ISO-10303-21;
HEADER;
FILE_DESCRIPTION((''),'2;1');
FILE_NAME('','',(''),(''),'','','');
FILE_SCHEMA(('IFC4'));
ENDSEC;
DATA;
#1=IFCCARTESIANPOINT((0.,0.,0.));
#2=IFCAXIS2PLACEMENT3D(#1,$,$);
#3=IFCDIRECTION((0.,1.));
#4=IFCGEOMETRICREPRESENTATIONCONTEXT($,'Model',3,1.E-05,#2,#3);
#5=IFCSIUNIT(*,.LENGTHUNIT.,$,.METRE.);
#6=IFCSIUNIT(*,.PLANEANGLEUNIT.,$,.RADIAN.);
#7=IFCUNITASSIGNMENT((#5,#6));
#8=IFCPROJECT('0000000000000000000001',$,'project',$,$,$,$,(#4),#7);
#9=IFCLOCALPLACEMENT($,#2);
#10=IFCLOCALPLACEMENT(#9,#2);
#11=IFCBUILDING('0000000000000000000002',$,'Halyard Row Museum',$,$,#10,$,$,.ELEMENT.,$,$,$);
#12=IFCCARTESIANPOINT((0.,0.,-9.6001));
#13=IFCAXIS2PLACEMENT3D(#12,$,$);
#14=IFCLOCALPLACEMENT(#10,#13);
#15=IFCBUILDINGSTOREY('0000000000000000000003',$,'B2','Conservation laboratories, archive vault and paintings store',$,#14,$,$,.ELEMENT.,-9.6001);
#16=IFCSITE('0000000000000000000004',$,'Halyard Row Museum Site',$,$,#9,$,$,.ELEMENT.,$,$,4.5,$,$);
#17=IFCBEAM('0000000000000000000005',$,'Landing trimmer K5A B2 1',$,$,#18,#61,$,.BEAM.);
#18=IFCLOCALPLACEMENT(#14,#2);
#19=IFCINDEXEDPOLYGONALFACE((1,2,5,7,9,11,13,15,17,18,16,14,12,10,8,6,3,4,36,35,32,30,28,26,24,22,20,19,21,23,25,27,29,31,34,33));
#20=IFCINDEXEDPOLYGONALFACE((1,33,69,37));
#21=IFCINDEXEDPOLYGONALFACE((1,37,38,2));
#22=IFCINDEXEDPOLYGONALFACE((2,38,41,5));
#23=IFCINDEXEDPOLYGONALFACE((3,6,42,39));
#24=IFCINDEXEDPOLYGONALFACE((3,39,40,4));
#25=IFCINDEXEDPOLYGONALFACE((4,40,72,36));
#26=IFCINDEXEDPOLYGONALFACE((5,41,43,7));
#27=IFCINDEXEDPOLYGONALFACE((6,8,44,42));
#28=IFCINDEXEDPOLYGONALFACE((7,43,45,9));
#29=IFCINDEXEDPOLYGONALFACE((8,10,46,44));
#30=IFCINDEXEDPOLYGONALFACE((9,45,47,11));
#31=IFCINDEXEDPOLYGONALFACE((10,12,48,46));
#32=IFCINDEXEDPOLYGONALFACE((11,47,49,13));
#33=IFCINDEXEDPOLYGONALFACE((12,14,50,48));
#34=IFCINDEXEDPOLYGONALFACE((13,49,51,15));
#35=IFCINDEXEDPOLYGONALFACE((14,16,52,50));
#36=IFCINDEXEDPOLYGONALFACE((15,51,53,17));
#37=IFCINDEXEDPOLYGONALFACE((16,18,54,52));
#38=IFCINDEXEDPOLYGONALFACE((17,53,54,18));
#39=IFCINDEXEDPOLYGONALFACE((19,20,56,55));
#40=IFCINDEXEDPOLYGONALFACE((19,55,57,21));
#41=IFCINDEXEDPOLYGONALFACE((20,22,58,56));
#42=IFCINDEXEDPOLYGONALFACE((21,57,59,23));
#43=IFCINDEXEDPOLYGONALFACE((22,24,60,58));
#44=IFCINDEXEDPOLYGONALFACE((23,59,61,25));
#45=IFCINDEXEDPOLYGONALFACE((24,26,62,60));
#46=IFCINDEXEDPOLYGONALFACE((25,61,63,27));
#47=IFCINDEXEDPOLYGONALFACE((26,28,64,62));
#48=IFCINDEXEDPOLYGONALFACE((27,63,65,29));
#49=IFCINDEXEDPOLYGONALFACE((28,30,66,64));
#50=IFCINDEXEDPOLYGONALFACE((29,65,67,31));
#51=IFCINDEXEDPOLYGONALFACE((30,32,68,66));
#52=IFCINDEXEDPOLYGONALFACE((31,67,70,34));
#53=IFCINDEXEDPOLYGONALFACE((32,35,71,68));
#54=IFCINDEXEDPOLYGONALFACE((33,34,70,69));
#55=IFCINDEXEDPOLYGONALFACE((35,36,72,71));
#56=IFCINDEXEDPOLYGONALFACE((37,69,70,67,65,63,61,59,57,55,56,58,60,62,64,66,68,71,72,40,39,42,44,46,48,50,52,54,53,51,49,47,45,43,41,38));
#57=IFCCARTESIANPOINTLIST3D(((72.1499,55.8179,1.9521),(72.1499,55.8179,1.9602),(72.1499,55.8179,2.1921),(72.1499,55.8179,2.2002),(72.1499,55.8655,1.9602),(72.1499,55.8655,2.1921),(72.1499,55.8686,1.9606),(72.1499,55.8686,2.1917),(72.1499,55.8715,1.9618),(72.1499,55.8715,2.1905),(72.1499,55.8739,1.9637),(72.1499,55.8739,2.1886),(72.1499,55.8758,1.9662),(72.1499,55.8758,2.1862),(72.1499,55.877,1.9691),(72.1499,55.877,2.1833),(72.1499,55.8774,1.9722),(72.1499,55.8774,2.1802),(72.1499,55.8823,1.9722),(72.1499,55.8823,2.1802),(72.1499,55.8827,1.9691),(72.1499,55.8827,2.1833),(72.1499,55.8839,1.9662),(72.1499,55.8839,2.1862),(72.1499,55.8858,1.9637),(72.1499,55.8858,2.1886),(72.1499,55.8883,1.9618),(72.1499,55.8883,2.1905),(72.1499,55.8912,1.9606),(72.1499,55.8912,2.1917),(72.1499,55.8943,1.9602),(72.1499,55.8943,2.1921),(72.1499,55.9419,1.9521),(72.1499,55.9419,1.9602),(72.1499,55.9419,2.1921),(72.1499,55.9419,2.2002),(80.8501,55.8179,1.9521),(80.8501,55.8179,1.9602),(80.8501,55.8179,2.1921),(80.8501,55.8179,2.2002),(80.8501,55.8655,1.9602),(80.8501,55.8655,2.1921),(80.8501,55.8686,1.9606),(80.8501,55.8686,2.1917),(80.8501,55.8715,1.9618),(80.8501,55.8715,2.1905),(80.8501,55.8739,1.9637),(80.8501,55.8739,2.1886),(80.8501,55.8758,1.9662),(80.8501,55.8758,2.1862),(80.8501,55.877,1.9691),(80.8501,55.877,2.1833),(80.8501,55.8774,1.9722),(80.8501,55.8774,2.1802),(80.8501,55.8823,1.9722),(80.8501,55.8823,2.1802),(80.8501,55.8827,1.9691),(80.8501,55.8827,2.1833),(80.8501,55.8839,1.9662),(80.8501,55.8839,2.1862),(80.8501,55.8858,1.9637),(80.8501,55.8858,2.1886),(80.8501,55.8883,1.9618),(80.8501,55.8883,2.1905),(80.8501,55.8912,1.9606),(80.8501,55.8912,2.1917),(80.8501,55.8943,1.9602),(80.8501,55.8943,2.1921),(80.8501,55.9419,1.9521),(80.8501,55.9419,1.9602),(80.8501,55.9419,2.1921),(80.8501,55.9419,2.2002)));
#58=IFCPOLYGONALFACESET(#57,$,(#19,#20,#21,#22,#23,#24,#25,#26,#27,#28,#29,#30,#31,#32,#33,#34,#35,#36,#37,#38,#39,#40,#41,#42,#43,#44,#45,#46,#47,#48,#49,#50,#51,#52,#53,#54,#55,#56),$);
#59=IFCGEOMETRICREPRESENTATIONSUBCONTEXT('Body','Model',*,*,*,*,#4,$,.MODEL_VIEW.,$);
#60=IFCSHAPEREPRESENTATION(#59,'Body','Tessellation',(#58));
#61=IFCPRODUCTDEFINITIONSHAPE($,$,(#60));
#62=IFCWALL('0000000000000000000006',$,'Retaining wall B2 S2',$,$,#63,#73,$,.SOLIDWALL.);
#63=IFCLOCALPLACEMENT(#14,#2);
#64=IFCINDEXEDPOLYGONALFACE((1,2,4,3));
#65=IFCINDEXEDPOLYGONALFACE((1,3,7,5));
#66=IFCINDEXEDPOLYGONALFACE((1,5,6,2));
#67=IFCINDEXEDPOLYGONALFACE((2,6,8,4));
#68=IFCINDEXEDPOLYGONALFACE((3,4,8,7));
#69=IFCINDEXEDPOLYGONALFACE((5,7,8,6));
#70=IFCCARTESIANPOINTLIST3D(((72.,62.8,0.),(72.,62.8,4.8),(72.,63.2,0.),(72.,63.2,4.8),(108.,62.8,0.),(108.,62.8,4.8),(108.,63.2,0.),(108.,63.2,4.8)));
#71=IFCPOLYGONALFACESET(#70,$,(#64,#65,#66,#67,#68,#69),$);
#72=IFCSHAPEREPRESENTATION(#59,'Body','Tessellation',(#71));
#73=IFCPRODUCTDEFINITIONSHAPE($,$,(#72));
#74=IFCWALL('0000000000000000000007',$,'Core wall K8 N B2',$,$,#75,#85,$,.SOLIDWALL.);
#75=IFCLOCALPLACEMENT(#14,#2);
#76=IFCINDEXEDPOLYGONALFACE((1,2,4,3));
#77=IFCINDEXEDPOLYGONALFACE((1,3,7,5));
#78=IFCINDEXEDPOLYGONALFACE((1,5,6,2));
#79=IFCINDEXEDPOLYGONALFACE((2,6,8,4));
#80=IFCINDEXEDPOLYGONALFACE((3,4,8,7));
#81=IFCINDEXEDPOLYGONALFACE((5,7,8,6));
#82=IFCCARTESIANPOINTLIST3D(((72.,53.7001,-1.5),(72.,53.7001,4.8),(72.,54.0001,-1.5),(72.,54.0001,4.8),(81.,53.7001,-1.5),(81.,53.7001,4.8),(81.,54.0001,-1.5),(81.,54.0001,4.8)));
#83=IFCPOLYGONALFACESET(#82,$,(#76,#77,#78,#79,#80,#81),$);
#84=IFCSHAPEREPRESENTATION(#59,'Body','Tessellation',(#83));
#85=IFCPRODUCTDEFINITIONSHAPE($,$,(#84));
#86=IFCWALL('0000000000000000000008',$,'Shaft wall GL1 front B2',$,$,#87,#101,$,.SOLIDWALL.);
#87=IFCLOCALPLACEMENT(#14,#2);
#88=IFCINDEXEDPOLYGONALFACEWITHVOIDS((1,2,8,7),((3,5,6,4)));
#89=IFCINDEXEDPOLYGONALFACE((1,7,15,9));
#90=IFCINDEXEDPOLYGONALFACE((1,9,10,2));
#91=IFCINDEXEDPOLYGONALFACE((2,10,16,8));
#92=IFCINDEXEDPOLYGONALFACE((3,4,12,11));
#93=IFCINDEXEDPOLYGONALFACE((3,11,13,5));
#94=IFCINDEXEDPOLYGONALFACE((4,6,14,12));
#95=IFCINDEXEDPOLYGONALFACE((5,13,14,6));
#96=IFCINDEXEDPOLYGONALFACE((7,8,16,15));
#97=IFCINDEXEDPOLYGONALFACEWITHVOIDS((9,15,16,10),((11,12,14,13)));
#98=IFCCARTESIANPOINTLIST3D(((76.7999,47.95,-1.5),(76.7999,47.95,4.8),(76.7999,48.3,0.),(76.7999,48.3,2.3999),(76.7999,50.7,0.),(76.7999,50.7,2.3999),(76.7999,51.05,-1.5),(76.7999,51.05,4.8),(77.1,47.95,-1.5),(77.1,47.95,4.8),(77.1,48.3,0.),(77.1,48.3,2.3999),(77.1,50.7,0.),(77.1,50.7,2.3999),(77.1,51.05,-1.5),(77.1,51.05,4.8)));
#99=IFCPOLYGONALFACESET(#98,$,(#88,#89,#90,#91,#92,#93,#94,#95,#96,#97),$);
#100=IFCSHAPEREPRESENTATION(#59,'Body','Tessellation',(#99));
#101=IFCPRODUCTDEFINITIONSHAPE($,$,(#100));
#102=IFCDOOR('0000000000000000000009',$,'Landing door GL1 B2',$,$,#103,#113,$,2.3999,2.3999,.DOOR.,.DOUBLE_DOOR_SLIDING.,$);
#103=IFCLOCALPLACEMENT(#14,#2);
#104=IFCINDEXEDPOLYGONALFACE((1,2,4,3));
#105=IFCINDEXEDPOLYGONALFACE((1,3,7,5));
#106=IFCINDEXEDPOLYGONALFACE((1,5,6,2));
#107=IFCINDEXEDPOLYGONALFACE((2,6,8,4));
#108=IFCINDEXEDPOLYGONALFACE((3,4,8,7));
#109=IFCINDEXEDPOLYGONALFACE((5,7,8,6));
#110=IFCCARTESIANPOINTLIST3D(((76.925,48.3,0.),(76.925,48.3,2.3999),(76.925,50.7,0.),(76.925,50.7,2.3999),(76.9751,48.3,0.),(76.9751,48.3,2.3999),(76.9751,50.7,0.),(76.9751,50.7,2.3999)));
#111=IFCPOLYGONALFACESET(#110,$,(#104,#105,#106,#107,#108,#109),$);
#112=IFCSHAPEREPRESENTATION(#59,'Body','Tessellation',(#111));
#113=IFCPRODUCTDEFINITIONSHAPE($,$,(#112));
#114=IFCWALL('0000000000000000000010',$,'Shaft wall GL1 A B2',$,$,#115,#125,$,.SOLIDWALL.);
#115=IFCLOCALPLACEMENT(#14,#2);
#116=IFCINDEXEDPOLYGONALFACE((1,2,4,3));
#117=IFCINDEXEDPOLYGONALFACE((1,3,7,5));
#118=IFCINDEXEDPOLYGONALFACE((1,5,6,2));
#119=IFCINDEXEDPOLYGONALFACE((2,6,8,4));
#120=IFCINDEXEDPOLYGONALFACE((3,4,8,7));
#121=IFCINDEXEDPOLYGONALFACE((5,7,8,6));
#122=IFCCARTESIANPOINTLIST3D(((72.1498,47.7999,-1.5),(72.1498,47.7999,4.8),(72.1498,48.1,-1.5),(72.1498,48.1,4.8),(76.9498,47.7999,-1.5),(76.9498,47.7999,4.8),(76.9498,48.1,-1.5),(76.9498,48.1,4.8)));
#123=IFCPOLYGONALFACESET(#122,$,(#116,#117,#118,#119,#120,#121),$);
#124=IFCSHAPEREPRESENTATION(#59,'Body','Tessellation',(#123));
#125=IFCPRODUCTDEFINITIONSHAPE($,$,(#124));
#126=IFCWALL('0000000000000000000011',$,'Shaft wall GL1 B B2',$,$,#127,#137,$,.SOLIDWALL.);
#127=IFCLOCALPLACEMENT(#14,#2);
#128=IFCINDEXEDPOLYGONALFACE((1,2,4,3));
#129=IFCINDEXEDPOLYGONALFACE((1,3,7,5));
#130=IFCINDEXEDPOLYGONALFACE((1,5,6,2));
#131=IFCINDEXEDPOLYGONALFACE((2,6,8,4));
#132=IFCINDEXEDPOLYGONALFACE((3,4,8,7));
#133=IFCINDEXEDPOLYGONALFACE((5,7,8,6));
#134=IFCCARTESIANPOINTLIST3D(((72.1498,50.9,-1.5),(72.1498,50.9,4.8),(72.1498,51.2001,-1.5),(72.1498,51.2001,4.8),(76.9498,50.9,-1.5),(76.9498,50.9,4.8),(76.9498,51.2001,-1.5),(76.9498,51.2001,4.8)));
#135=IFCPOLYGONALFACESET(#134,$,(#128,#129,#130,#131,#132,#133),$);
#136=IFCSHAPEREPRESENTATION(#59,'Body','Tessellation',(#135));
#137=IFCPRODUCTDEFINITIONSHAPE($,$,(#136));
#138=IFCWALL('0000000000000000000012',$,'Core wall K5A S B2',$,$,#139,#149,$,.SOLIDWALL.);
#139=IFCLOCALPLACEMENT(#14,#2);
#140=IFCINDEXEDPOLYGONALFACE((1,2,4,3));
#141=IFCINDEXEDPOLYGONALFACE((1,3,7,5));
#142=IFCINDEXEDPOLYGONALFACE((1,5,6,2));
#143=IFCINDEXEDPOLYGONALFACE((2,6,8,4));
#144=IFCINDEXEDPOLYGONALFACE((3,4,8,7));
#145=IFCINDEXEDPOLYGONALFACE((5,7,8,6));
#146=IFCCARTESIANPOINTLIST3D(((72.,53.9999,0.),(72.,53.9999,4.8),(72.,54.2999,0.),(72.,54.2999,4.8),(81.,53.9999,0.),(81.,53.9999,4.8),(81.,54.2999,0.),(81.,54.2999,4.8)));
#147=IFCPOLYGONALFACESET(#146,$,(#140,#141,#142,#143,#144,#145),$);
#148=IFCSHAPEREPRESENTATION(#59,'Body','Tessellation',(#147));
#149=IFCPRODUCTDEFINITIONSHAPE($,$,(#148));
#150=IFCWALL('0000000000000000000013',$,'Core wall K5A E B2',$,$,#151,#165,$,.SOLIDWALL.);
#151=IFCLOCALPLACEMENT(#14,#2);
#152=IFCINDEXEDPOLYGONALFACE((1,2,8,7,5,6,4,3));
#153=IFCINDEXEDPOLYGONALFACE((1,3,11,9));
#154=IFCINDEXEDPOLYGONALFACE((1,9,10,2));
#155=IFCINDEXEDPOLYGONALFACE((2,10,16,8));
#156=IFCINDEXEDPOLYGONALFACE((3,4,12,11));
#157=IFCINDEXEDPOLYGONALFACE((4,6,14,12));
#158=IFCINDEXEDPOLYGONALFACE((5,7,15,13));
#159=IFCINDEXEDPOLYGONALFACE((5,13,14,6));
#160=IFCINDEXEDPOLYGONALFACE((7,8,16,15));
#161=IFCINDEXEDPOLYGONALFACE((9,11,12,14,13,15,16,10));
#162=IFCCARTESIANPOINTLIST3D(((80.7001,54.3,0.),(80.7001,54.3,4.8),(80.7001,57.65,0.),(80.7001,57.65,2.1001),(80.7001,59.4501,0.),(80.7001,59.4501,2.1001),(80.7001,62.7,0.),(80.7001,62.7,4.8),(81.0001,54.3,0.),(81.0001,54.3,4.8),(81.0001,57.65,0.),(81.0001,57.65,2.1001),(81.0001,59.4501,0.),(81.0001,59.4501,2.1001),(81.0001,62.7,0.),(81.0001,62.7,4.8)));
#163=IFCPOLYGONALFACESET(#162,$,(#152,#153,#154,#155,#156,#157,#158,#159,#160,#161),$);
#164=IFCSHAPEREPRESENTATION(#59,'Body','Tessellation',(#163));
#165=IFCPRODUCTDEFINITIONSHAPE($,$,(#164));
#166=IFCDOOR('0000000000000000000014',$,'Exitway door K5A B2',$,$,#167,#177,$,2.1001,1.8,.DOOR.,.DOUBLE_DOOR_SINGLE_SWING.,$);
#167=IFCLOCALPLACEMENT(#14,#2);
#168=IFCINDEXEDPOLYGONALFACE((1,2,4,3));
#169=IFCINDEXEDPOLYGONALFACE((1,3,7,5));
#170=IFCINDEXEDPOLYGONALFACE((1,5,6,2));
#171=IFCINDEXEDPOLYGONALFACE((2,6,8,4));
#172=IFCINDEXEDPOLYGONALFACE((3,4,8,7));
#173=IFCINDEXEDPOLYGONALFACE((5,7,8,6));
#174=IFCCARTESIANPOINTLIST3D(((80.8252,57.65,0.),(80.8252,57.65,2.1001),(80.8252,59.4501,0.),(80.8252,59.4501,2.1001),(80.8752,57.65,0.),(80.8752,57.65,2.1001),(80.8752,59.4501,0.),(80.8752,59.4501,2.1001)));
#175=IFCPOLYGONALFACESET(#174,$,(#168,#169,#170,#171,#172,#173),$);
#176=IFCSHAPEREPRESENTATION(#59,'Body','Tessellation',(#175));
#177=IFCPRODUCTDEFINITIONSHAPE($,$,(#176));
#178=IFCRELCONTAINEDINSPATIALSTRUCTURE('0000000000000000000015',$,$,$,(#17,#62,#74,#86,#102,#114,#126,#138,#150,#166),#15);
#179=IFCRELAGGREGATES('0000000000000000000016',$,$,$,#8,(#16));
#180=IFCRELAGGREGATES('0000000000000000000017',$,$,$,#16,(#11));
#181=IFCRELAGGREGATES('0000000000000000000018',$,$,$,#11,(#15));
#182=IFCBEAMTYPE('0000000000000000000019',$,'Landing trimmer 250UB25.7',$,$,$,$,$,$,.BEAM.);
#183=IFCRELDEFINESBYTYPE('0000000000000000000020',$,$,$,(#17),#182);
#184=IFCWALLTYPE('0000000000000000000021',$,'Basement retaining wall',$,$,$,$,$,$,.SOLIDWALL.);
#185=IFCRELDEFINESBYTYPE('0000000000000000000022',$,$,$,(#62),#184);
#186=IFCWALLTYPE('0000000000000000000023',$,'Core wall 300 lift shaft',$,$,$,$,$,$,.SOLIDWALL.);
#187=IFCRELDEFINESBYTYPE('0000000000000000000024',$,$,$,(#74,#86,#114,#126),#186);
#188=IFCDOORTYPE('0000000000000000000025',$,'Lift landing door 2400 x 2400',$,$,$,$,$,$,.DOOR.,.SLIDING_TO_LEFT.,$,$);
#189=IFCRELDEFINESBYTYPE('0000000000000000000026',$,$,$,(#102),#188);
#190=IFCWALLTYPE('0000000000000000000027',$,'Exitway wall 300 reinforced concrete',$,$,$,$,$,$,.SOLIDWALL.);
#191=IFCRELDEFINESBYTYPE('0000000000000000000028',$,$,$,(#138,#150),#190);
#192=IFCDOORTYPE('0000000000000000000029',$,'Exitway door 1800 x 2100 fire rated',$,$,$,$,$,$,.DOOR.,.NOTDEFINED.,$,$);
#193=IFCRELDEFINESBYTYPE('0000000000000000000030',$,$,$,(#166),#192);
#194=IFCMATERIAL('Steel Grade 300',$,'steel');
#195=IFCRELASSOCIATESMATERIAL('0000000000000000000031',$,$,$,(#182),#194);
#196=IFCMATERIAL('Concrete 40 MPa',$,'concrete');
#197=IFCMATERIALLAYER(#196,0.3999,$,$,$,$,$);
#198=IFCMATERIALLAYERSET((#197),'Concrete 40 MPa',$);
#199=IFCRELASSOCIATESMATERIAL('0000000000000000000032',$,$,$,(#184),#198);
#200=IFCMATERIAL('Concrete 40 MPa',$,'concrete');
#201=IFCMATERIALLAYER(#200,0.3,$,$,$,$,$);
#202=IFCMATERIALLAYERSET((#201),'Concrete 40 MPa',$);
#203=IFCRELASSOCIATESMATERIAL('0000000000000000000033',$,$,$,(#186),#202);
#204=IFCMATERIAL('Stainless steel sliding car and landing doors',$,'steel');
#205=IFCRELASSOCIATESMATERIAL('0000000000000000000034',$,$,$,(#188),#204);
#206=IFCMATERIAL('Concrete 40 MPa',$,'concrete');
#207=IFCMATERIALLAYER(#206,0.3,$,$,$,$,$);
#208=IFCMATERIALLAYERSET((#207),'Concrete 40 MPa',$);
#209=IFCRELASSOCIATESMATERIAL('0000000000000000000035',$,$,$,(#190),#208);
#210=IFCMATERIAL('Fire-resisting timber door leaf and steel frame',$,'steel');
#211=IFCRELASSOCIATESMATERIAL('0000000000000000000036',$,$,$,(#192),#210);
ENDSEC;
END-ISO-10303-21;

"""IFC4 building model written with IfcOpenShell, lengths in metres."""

from ifc_helpers import new_model, si_unit, direction, frame, frame_2d, origin, origin_2d, place, context, subcontext, project, spatial, rectangle, i_section, extrude, material, layer, layer_set, material_profile, profile_set, type_object, element, fill, save


model = new_model("IFC4")

# Units and contexts
model_context = context("Model", 3, precision=1e-05, world=origin(), true_north=direction((0.0, 1.0)))
body_context = subcontext(model_context, "Body", "Model", "MODEL_VIEW")
ifc_project = project(units=[si_unit("LENGTHUNIT", "METRE"), si_unit("PLANEANGLEUNIT", "RADIAN")], contexts=[model_context])

# Site, building, storey
site_placement = place(None, origin())
site = spatial("IfcSite", under=ifc_project, at=site_placement, Name="Halyard Row Museum Site", CompositionType="ELEMENT", RefElevation=4.5)
building_placement = place(site_placement, origin())
building = spatial("IfcBuilding", under=site, at=building_placement, Name="Halyard Row Museum", CompositionType="ELEMENT")
storey_placement = place(building_placement, frame((0.0, 0.0, -9.6001)))
storey = spatial("IfcBuildingStorey", under=building, at=storey_placement, Name="B2", Description="Conservation laboratories, archive vault and paintings store", CompositionType="ELEMENT", Elevation=-9.6001)

# Beam
ifc_material_1 = material(Name="Steel Grade 300", Category="steel")
ifc_material_profile_1 = material_profile(ifc_material_1, i_section(OverallWidth=0.124, OverallDepth=0.248, WebThickness=0.0049, FlangeThickness=0.0081, FilletRadius=0.012, at=origin_2d()), Name="250UB25.7")
ifc_profile_set_1 = profile_set([ifc_material_profile_1], Name="Steel Grade 300")
beam_type = type_object("IfcBeamType", Name="Landing trimmer 250UB25.7", PredefinedType="BEAM", material=ifc_profile_set_1)
beam_placement = place(storey_placement, frame((80.8501, 55.8799, 2.0762), z_axis=(-1.0, 0.0, 0.0), x_axis=(0.0, -1.0, 0.0)))
element("IfcBeam", 1, at=beam_placement, inside=storey, type_object=beam_type, Name="Landing trimmer K5A B2 1", PredefinedType="BEAM", context=body_context, shape_type="SweptSolid", body=[
    extrude(i_section(OverallWidth=0.124, OverallDepth=0.248, WebThickness=0.0049, FlangeThickness=0.0081, FilletRadius=0.012, at=origin_2d()), origin(), (0.0, 0.0, 1.0), 8.7002),
])

# Walls
ifc_material_2 = material(Name="Concrete 40 MPa", Category="concrete")
ifc_layer_1 = layer(ifc_material_2, 0.3999)
ifc_layer_set_1 = layer_set([ifc_layer_1], Name="Concrete 40 MPa")
wall_type_1 = type_object("IfcWallType", Name="Basement retaining wall", PredefinedType="SOLIDWALL", material=ifc_layer_set_1)
wall_1_placement = place(storey_placement, frame((72.0, 63.0, 0.0), z_axis=(0.0, 0.0, 1.0), x_axis=(1.0, 0.0, 0.0)))
element("IfcWall", 2, at=wall_1_placement, inside=storey, type_object=wall_type_1, Name="Retaining wall B2 S2", PredefinedType="SOLIDWALL", context=body_context, shape_type="SweptSolid", body=[
    extrude(rectangle(XDim=36.0, YDim=0.3999, at=frame_2d((18.0, 0.0))), origin(), (0.0, 0.0, 1.0), 4.8),
])
ifc_material_3 = material(Name="Concrete 40 MPa", Category="concrete")
ifc_layer_2 = layer(ifc_material_3, 0.3)
ifc_layer_set_2 = layer_set([ifc_layer_2], Name="Concrete 40 MPa")
wall_type_2 = type_object("IfcWallType", Name="Core wall 300 lift shaft", PredefinedType="SOLIDWALL", material=ifc_layer_set_2)
wall_2_placement = place(storey_placement, frame((72.0, 53.8501, -1.5), z_axis=(0.0, 0.0, 1.0), x_axis=(1.0, 0.0, 0.0)))
element("IfcWall", 3, at=wall_2_placement, inside=storey, type_object=wall_type_2, Name="Core wall K8 N B2", PredefinedType="SOLIDWALL", context=body_context, shape_type="SweptSolid", body=[
    extrude(rectangle(XDim=9.0, YDim=0.3, at=frame_2d((4.5, 0.0))), origin(), (0.0, 0.0, 1.0), 6.3),
])

# Wall, opening, door
wall_3_placement = place(storey_placement, frame((76.95, 47.95, -1.5), z_axis=(0.0, 0.0, 1.0), x_axis=(0.0, 1.0, 0.0)))
wall_3 = element("IfcWall", 4, at=wall_3_placement, inside=storey, type_object=wall_type_2, Name="Shaft wall GL1 front B2", PredefinedType="SOLIDWALL", context=body_context, shape_type="SweptSolid", body=[
    extrude(rectangle(XDim=3.1001, YDim=0.3, at=frame_2d((1.55, 0.0))), origin(), (0.0, 0.0, 1.0), 6.3),
])
opening_1_placement = place(wall_3_placement, frame((0.3501, 0.0, 1.5)))
opening_1 = element("IfcOpeningElement", 5, at=opening_1_placement, cuts=wall_3, PredefinedType="OPENING", context=body_context, shape_type="SweptSolid", body=[
    extrude(rectangle(XDim=2.3999, YDim=2.3999, at=frame_2d((1.2, 1.2))), frame((0.0, 0.1599, 0.0), z_axis=(0.0, -1.0, 0.0), x_axis=(1.0, 0.0, 0.0)), (0.0, 0.0, 1.0), 0.3201),
])
ifc_material_4 = material(Name="Stainless steel sliding car and landing doors", Category="steel")
door_type_1 = type_object("IfcDoorType", Name="Lift landing door 2400 x 2400", OperationType="SLIDING_TO_LEFT", PredefinedType="DOOR", material=ifc_material_4)
door_1_placement = place(opening_1_placement, origin())
door_1 = element("IfcDoor", 6, at=door_1_placement, inside=storey, type_object=door_type_1, Name="Landing door GL1 B2", OperationType="DOUBLE_DOOR_SLIDING", OverallHeight=2.3999, OverallWidth=2.3999, PredefinedType="DOOR", context=body_context, shape_type="SweptSolid", body=[
    extrude(rectangle(XDim=2.3999, YDim=2.3999, at=frame_2d((1.2, 1.2))), frame((0.0, 0.0249, 0.0), z_axis=(0.0, -1.0, 0.0), x_axis=(1.0, 0.0, 0.0)), (0.0, 0.0, 1.0), 0.05),
])
fill(opening_1, door_1)

# Walls
for number, where, z_axis, x_axis, name in (
    (7, (72.1499, 47.95, -1.5), (0.0, 0.0, 1.0), (1.0, 0.0, 0.0), "Shaft wall GL1 A B2"),
    (8, (72.1499, 51.05, -1.5), (0.0, 0.0, 1.0), (1.0, 0.0, 0.0), "Shaft wall GL1 B B2"),
):
    element("IfcWall", number, at=place(storey_placement, frame(where, z_axis=z_axis, x_axis=x_axis)), inside=storey, type_object=wall_type_2, Name=name, PredefinedType="SOLIDWALL", context=body_context, shape_type="SweptSolid", body=[
        extrude(rectangle(XDim=4.8, YDim=0.3, at=frame_2d((2.3999, 0.0))), origin(), (0.0, 0.0, 1.0), 6.3),
    ])
ifc_material_5 = material(Name="Concrete 40 MPa", Category="concrete")
ifc_layer_3 = layer(ifc_material_5, 0.3)
ifc_layer_set_3 = layer_set([ifc_layer_3], Name="Concrete 40 MPa")
wall_type_3 = type_object("IfcWallType", Name="Exitway wall 300 reinforced concrete", PredefinedType="SOLIDWALL", material=ifc_layer_set_3)
wall_4_placement = place(storey_placement, frame((72.0, 54.1499, 0.0), z_axis=(0.0, 0.0, 1.0), x_axis=(1.0, 0.0, 0.0)))
element("IfcWall", 9, at=wall_4_placement, inside=storey, type_object=wall_type_3, Name="Core wall K5A S B2", PredefinedType="SOLIDWALL", context=body_context, shape_type="SweptSolid", body=[
    extrude(rectangle(XDim=9.0, YDim=0.3, at=frame_2d((4.5, 0.0))), origin(), (0.0, 0.0, 1.0), 4.8),
])

# Wall, opening, door
wall_5_placement = place(storey_placement, frame((80.8501, 54.3, 0.0), z_axis=(0.0, 0.0, 1.0), x_axis=(0.0, 1.0, 0.0)))
wall_5 = element("IfcWall", 10, at=wall_5_placement, inside=storey, type_object=wall_type_3, Name="Core wall K5A E B2", PredefinedType="SOLIDWALL", context=body_context, shape_type="SweptSolid", body=[
    extrude(rectangle(XDim=8.3999, YDim=0.3, at=frame_2d((4.2, 0.0))), origin(), (0.0, 0.0, 1.0), 4.8),
])
opening_2_placement = place(wall_5_placement, frame((3.3501, 0.0, 0.0)))
opening_2 = element("IfcOpeningElement", 11, at=opening_2_placement, cuts=wall_5, PredefinedType="OPENING", context=body_context, shape_type="SweptSolid", body=[
    extrude(rectangle(XDim=1.8, YDim=2.1001, at=frame_2d((0.8999, 1.05))), frame((0.0, 0.1599, 0.0), z_axis=(0.0, -1.0, 0.0), x_axis=(1.0, 0.0, 0.0)), (0.0, 0.0, 1.0), 0.3201),
])
ifc_material_6 = material(Name="Fire-resisting timber door leaf and steel frame", Category="steel")
door_type_2 = type_object("IfcDoorType", Name="Exitway door 1800 x 2100 fire rated", OperationType="NOTDEFINED", PredefinedType="DOOR", material=ifc_material_6)
door_2_placement = place(opening_2_placement, origin())
door_2 = element("IfcDoor", 12, at=door_2_placement, inside=storey, type_object=door_type_2, Name="Exitway door K5A B2", OperationType="DOUBLE_DOOR_SINGLE_SWING", OverallHeight=2.1001, OverallWidth=1.8, PredefinedType="DOOR", context=body_context, shape_type="SweptSolid", body=[
    extrude(rectangle(XDim=1.8, YDim=2.1001, at=frame_2d((0.8999, 1.05))), frame((0.0, 0.0249, 0.0), z_axis=(0.0, -1.0, 0.0), x_axis=(1.0, 0.0, 0.0)), (0.0, 0.0, 1.0), 0.05),
])
fill(opening_2, door_2)

save(model, "model.ifc")
